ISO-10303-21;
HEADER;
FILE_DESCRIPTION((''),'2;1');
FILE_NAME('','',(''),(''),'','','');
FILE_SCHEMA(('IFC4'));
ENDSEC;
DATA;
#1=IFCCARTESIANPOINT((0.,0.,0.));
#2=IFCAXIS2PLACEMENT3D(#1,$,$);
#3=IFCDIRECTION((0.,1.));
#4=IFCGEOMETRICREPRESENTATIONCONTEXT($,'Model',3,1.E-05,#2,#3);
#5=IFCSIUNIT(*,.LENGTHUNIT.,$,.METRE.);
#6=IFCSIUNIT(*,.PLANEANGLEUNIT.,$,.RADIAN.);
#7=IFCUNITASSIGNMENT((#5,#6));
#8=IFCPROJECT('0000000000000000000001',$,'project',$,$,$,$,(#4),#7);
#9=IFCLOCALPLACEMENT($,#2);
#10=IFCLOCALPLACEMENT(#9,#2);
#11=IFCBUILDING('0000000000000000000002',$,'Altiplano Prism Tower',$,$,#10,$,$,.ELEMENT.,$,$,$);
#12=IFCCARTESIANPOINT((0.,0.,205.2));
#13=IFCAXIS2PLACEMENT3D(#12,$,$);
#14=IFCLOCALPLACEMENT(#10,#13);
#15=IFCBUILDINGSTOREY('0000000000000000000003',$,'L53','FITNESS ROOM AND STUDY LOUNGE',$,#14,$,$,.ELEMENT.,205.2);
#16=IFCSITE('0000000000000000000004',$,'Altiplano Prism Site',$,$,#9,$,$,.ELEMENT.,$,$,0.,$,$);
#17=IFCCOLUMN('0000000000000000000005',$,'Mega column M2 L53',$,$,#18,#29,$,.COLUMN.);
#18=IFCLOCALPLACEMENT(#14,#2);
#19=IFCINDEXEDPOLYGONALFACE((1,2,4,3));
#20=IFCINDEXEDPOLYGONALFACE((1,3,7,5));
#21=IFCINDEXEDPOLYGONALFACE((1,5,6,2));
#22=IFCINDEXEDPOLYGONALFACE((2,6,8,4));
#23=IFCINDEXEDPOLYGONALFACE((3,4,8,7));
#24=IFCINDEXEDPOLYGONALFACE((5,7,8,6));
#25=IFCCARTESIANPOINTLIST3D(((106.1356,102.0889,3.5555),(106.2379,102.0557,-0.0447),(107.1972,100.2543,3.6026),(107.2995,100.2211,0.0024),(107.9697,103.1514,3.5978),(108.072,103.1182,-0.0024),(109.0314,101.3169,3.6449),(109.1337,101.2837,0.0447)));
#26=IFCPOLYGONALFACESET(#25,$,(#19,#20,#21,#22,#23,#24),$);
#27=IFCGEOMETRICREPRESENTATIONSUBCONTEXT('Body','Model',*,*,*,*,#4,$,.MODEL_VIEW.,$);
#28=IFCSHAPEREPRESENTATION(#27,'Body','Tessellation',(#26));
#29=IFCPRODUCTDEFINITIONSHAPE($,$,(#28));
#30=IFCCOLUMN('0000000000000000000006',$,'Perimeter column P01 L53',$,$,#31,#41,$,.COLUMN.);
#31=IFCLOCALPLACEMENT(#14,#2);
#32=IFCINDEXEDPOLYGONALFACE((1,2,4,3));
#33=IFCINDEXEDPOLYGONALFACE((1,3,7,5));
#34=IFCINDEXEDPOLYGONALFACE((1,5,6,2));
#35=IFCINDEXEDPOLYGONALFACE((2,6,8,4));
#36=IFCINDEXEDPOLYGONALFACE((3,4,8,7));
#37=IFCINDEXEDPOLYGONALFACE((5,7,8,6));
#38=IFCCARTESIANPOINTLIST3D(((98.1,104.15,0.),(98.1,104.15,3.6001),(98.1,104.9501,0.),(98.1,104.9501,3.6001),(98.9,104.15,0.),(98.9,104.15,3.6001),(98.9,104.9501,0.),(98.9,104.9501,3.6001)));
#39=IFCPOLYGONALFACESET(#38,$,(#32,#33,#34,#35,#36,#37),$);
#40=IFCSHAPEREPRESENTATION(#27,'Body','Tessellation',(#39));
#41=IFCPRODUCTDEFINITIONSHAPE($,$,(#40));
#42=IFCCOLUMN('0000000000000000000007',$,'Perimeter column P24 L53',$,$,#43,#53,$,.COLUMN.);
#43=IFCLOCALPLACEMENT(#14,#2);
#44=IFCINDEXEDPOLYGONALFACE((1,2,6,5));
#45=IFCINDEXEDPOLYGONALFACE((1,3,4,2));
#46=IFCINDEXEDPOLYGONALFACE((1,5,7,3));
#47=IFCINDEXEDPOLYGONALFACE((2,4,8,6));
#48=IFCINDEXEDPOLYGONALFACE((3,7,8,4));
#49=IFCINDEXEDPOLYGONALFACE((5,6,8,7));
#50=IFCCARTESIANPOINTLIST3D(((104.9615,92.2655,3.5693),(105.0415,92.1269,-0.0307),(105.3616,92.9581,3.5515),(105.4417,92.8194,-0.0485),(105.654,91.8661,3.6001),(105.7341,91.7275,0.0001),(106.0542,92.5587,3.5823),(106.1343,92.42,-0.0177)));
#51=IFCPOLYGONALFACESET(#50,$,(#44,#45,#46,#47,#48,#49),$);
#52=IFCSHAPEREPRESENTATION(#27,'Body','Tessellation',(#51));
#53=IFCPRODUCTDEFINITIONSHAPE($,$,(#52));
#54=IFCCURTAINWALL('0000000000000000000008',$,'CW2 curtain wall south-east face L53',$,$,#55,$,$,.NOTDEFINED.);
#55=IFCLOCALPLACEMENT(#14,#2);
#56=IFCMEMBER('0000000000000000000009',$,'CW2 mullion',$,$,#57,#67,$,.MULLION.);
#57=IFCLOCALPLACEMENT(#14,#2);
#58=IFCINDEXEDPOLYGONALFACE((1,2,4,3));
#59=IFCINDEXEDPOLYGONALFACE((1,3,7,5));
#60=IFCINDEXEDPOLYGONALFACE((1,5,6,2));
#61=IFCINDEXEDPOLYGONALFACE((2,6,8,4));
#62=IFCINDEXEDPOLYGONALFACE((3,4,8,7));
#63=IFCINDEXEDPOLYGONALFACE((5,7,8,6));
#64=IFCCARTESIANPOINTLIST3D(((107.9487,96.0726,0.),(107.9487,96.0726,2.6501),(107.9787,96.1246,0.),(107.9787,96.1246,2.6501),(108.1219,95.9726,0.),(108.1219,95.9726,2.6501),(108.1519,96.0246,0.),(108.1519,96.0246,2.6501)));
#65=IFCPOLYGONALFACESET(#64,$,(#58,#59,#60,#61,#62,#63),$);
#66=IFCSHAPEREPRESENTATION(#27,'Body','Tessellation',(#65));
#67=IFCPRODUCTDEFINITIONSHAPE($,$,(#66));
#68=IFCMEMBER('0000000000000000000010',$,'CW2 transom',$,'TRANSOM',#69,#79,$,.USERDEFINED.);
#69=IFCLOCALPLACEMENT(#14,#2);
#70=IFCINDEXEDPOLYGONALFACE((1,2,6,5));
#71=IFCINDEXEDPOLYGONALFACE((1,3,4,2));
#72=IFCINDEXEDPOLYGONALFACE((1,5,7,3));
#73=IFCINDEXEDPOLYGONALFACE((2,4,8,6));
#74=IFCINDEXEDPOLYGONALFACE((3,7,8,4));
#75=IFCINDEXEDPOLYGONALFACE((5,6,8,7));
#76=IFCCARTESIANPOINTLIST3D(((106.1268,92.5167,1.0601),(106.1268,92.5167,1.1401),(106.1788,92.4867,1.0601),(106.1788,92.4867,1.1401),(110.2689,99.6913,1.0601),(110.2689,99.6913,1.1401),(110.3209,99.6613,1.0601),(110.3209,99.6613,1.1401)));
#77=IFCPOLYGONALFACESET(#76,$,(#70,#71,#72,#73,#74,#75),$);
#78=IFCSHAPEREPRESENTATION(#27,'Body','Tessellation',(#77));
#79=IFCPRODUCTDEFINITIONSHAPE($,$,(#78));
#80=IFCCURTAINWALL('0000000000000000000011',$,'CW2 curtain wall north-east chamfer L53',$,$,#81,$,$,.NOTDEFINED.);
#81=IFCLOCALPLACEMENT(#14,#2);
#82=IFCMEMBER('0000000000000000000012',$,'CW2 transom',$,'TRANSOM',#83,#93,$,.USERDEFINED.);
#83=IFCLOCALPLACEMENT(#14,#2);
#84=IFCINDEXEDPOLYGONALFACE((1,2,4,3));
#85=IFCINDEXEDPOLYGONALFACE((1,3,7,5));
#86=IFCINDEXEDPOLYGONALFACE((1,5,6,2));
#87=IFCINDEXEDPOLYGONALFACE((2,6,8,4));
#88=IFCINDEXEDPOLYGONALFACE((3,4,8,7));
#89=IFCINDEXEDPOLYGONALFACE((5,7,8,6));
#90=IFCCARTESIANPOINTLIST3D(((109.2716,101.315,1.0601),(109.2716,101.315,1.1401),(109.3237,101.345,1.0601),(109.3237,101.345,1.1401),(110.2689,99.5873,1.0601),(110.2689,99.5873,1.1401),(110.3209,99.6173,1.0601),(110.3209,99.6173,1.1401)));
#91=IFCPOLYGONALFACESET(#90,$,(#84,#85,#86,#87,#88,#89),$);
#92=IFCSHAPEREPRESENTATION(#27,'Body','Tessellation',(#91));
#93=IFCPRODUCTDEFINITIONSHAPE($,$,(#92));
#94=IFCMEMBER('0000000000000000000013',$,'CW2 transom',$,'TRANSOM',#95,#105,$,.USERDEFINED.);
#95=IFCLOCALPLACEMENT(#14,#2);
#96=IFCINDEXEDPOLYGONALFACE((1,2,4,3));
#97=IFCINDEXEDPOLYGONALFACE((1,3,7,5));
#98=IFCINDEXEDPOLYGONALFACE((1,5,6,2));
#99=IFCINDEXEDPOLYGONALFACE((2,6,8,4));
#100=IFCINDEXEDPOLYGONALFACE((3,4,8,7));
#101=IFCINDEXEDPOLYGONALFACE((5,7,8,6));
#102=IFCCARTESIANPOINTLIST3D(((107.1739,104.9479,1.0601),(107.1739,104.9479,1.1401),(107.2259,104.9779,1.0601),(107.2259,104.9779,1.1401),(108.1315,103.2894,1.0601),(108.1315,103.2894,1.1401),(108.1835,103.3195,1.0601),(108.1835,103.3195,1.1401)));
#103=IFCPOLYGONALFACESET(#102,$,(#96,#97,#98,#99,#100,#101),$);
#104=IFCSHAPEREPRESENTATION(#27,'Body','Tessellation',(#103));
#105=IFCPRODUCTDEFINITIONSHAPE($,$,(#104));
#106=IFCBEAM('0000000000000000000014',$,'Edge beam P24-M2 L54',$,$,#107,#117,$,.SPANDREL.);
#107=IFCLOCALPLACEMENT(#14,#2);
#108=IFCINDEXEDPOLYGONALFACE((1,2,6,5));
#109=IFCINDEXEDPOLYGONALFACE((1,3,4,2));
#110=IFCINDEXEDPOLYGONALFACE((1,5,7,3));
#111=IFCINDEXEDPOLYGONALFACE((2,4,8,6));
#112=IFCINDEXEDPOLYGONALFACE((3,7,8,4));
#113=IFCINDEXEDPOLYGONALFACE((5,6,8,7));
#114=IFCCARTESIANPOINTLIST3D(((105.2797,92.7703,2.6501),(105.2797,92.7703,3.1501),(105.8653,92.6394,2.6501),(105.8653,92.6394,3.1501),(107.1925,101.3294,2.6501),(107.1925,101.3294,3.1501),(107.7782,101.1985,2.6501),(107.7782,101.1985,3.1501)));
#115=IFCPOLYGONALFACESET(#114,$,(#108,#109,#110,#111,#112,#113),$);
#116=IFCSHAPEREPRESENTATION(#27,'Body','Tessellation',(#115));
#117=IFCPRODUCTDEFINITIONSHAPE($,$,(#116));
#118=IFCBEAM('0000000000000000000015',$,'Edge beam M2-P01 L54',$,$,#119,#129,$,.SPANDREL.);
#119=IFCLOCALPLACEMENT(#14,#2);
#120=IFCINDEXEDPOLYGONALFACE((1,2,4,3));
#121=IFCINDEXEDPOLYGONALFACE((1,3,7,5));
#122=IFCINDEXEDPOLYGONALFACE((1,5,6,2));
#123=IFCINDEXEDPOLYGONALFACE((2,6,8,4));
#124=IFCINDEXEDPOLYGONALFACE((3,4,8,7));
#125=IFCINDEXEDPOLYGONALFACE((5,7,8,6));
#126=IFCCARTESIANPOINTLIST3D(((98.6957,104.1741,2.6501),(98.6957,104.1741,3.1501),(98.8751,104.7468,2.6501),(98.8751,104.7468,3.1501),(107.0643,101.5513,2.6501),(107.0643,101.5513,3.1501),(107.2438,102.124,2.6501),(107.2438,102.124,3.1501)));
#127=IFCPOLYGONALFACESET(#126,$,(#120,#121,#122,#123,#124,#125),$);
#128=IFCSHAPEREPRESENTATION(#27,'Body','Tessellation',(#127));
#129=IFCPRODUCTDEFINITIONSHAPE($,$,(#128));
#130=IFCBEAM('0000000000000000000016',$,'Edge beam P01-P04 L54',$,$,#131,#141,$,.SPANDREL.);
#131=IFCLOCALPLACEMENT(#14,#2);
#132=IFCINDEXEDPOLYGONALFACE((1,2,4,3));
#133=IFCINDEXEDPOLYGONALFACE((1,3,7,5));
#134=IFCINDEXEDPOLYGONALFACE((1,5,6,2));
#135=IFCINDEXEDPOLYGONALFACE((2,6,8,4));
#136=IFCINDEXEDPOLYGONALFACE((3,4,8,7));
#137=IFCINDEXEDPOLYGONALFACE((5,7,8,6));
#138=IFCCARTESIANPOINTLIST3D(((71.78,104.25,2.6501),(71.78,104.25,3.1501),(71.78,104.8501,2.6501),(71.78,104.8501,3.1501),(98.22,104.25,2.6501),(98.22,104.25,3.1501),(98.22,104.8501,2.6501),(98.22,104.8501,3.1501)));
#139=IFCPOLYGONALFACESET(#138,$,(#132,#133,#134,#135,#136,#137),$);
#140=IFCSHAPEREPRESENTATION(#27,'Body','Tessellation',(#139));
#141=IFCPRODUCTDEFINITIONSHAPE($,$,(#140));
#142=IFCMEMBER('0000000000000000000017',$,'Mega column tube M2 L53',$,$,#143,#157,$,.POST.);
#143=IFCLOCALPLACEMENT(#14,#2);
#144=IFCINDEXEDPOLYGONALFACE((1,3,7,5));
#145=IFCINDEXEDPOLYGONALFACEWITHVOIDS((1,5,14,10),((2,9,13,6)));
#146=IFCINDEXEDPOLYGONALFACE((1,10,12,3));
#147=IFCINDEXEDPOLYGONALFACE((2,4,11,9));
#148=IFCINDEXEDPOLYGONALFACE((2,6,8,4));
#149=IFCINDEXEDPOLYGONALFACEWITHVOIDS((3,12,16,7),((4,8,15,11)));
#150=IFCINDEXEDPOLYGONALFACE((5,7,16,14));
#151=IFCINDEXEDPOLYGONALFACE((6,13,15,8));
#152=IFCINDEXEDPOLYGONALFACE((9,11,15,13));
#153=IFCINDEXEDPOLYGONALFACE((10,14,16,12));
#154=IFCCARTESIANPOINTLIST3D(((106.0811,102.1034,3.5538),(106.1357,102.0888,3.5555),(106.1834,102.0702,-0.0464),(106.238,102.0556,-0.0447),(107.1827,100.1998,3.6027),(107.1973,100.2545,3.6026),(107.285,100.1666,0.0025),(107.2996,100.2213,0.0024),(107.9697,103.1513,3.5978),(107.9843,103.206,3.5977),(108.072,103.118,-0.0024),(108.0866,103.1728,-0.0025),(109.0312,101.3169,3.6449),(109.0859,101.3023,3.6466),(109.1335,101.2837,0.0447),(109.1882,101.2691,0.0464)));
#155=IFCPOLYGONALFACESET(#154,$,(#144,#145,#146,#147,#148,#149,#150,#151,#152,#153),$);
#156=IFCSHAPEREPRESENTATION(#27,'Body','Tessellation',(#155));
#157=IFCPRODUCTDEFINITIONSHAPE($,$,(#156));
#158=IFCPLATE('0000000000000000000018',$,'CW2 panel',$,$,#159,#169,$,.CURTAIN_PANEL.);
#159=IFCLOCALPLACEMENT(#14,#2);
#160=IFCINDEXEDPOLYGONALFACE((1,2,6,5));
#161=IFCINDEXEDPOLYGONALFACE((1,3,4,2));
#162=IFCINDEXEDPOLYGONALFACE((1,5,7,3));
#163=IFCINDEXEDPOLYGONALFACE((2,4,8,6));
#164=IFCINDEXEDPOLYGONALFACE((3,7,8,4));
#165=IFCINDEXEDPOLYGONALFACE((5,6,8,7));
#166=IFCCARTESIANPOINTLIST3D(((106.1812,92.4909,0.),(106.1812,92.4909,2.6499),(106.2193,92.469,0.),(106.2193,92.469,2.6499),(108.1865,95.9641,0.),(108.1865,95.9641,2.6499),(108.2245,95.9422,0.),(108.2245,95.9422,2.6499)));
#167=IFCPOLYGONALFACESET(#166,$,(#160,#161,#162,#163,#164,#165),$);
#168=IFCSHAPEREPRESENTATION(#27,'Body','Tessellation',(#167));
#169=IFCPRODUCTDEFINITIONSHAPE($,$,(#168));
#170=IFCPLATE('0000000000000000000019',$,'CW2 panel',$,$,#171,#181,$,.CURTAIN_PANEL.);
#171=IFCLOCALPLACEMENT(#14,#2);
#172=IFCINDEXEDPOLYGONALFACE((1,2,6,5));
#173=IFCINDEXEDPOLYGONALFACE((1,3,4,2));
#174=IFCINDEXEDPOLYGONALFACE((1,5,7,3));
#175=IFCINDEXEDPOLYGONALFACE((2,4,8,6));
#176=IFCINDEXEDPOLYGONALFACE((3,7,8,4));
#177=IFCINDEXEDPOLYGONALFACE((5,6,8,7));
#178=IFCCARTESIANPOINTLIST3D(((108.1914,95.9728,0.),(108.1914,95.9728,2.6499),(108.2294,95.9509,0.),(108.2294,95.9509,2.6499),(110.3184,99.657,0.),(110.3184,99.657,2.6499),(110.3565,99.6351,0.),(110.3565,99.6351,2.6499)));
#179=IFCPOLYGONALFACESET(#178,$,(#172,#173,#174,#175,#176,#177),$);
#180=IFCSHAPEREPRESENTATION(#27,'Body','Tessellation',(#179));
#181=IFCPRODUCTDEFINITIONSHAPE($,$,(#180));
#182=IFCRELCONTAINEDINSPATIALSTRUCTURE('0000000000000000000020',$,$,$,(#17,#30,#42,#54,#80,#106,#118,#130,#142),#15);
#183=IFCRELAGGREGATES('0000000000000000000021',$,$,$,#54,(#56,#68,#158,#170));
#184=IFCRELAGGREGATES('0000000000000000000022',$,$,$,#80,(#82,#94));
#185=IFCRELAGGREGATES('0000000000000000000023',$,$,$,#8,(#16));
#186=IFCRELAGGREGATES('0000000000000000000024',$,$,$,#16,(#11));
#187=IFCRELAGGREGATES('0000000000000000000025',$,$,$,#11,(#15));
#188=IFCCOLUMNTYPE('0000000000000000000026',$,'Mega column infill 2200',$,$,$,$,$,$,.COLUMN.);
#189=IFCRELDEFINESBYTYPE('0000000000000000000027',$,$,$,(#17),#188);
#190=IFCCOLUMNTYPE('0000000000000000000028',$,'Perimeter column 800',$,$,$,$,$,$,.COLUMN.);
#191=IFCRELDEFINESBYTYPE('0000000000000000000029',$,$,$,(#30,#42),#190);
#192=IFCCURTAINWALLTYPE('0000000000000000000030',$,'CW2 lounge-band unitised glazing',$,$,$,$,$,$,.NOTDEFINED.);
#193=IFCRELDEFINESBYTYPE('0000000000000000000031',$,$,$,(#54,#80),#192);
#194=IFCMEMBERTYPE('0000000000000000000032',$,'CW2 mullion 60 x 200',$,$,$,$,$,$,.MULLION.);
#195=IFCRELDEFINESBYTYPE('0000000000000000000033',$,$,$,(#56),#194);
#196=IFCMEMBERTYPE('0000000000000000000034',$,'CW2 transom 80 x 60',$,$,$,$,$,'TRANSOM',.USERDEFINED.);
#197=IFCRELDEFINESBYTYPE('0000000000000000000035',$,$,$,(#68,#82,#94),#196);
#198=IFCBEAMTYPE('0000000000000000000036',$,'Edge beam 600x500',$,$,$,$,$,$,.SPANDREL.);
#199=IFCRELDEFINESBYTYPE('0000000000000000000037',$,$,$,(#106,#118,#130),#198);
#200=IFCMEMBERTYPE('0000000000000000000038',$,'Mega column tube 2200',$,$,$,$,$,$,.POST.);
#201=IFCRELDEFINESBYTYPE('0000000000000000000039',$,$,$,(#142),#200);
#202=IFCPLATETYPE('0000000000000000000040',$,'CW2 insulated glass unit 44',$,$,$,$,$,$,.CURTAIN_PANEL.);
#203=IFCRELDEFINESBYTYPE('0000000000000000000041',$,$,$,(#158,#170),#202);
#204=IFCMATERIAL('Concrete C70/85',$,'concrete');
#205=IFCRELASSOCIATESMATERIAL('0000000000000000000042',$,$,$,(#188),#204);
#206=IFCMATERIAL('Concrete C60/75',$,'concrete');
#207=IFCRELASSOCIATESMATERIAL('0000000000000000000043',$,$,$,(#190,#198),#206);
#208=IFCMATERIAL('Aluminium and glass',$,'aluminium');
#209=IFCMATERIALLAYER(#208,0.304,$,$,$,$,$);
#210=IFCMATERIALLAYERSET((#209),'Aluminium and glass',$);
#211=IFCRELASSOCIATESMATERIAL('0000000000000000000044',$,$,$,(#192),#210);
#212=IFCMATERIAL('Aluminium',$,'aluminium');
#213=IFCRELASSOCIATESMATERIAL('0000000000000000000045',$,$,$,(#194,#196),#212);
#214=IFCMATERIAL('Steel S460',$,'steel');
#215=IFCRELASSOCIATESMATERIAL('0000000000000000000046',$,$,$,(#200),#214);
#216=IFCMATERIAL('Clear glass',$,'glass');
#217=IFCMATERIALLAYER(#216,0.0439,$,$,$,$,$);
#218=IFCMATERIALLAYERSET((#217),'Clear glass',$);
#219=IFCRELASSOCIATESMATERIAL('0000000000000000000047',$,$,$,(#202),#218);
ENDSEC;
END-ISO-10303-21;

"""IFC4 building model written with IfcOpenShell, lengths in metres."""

from ifc_helpers import new_model, si_unit, direction, frame, origin, origin_2d, place, context, subcontext, project, spatial, rectangle, hollow_rectangle, extrude, material, layer, layer_set, material_profile, profile_set, type_object, element, aggregate, save


model = new_model("IFC4")

# Units and contexts
model_context = context("Model", 3, precision=1e-05, world=origin(), true_north=direction((0.0, 1.0)))
body_context = subcontext(model_context, "Body", "Model", "MODEL_VIEW")
ifc_project = project(units=[si_unit("LENGTHUNIT", "METRE"), si_unit("PLANEANGLEUNIT", "RADIAN")], contexts=[model_context])

# Site, building, storey
site_placement = place(None, origin())
site = spatial("IfcSite", under=ifc_project, at=site_placement, Name="Altiplano Prism Site", CompositionType="ELEMENT", RefElevation=0.0)
building_placement = place(site_placement, origin())
building = spatial("IfcBuilding", under=site, at=building_placement, Name="Altiplano Prism Tower", CompositionType="ELEMENT")
storey_placement = place(building_placement, frame((0.0, 0.0, 205.2)))
storey = spatial("IfcBuildingStorey", under=building, at=storey_placement, Name="L53", Description="FITNESS ROOM AND STUDY LOUNGE", CompositionType="ELEMENT", Elevation=205.2)

# Columns
ifc_material_1 = material(Name="Concrete C70/85", Category="concrete")
ifc_material_profile_1 = material_profile(ifc_material_1, rectangle(XDim=2.1201, YDim=2.1201, at=origin_2d()), Name="Mega column infill 2200")
ifc_profile_set_1 = profile_set([ifc_material_profile_1], Name="Concrete C70/85")
column_type_1 = type_object("IfcColumnType", Name="Mega column infill 2200", PredefinedType="COLUMN", material=ifc_profile_set_1)
column_1_placement = place(storey_placement, frame((107.6858, 101.6697, 0.0), z_axis=(-0.028402, 0.009219, 0.999554), x_axis=(0.500758, -0.865303, 0.022209)))
element("IfcColumn", 1, at=column_1_placement, inside=storey, type_object=column_type_1, Name="Mega column M2 L53", PredefinedType="COLUMN", context=body_context, shape_type="SweptSolid", body=[
    extrude(rectangle(XDim=2.1201, YDim=2.1201, at=origin_2d()), origin(), (0.0, 0.0, 1.0), 3.6018),
])
ifc_material_2 = material(Name="Concrete C60/75", Category="concrete")
ifc_material_profile_2 = material_profile(ifc_material_2, rectangle(XDim=0.8, YDim=0.8, at=origin_2d()), Name="Perimeter column 800")
ifc_profile_set_2 = profile_set([ifc_material_profile_2], Name="Concrete C60/75")
column_type_2 = type_object("IfcColumnType", Name="Perimeter column 800", PredefinedType="COLUMN", material=ifc_profile_set_2)
column_2_placement = place(storey_placement, frame((98.5, 104.55, 0.0), z_axis=(0.0, 0.0, 1.0), x_axis=(1.0, 0.0, 0.0)))
element("IfcColumn", 2, at=column_2_placement, inside=storey, type_object=column_type_2, Name="Perimeter column P01 L53", PredefinedType="COLUMN", context=body_context, shape_type="SweptSolid", body=[
    extrude(rectangle(XDim=0.8, YDim=0.8, at=origin_2d()), origin(), (0.0, 0.0, 1.0), 3.6001),
])
column_3_placement = place(storey_placement, frame((105.5879, 92.2734, -0.0242), z_axis=(-0.022223, 0.038483, 0.999012), x_axis=(-0.500179, -0.865637, 0.022219)))
element("IfcColumn", 3, at=column_3_placement, inside=storey, type_object=column_type_2, Name="Perimeter column P24 L53", PredefinedType="COLUMN", context=body_context, shape_type="SweptSolid", body=[
    extrude(rectangle(XDim=0.8, YDim=0.8, at=origin_2d()), origin(), (0.0, 0.0, 1.0), 3.6035),
])

# Curtain walls, members
ifc_material_3 = material(Name="Aluminium and glass", Category="aluminium")
ifc_layer_1 = layer(ifc_material_3, 0.304)
ifc_layer_set_1 = layer_set([ifc_layer_1], Name="Aluminium and glass")
curtain_wall_type = type_object("IfcCurtainWallType", Name="CW2 lounge-band unitised glazing", PredefinedType="NOTDEFINED", material=ifc_layer_set_1)
curtain_wall_1_placement = place(storey_placement, origin())
curtain_wall_1 = element("IfcCurtainWall", 4, at=curtain_wall_1_placement, inside=storey, type_object=curtain_wall_type, Name="CW2 curtain wall south-east face L53", PredefinedType="NOTDEFINED")
ifc_material_4 = material(Name="Aluminium", Category="aluminium")
ifc_material_profile_3 = material_profile(ifc_material_4, rectangle(XDim=0.2, YDim=0.0601, at=origin_2d()), Name="CW2 mullion 60 x 200")
ifc_profile_set_3 = profile_set([ifc_material_profile_3], Name="Aluminium")
member_type_1 = type_object("IfcMemberType", Name="CW2 mullion 60 x 200", PredefinedType="MULLION", material=ifc_profile_set_3)
member_1_placement = place(storey_placement, frame((108.0503, 96.0486, 0.0), z_axis=(0.0, 0.0, 1.0), x_axis=(-0.866025, 0.5, 0.0)))
member_1 = element("IfcMember", 5, at=member_1_placement, type_object=member_type_1, Name="CW2 mullion", PredefinedType="MULLION", context=body_context, shape_type="SweptSolid", body=[
    extrude(rectangle(XDim=0.2, YDim=0.0601, at=origin_2d()), origin(), (0.0, 0.0, 1.0), 2.6501),
])
ifc_material_profile_4 = material_profile(ifc_material_4, rectangle(XDim=0.0601, YDim=0.0801, at=origin_2d()), Name="CW2 transom 80 x 60")
ifc_profile_set_4 = profile_set([ifc_material_profile_4], Name="Aluminium")
member_type_2 = type_object("IfcMemberType", Name="CW2 transom 80 x 60", ElementType="TRANSOM", PredefinedType="USERDEFINED", material=ifc_profile_set_4)
member_2_placement = place(storey_placement, frame((106.1528, 92.5017, 1.1001), z_axis=(0.499987, 0.866033, 0.0), x_axis=(-0.866033, 0.499987, 0.0)))
member_2 = element("IfcMember", 6, at=member_2_placement, type_object=member_type_2, Name="CW2 transom", ObjectType="TRANSOM", PredefinedType="USERDEFINED", context=body_context, shape_type="SweptSolid", body=[
    extrude(rectangle(XDim=0.0601, YDim=0.0801, at=origin_2d()), origin(), (0.0, 0.0, 1.0), 8.2844),
])
curtain_wall_2_placement = place(storey_placement, origin())
curtain_wall_2 = element("IfcCurtainWall", 7, at=curtain_wall_2_placement, inside=storey, type_object=curtain_wall_type, Name="CW2 curtain wall north-east chamfer L53", PredefinedType="NOTDEFINED")
member_3_placement = place(storey_placement, frame((110.2949, 99.6023, 1.1001), z_axis=(-0.499917, 0.866074, 0.0), x_axis=(-0.866074, -0.499917, 0.0)))
member_3 = element("IfcMember", 8, at=member_3_placement, type_object=member_type_2, Name="CW2 transom", ObjectType="TRANSOM", PredefinedType="USERDEFINED", context=body_context, shape_type="SweptSolid", body=[
    extrude(rectangle(XDim=0.0601, YDim=0.0801, at=origin_2d()), origin(), (0.0, 0.0, 1.0), 1.9949),
])
member_4_placement = place(storey_placement, frame((108.1575, 103.3044, 1.1001), z_axis=(-0.500006, 0.866022, 0.0), x_axis=(-0.866022, -0.500006, 0.0)))
member_4 = element("IfcMember", 9, at=member_4_placement, type_object=member_type_2, Name="CW2 transom", ObjectType="TRANSOM", PredefinedType="USERDEFINED", context=body_context, shape_type="SweptSolid", body=[
    extrude(rectangle(XDim=0.0601, YDim=0.0801, at=origin_2d()), origin(), (0.0, 0.0, 1.0), 1.915),
])

# Beams
ifc_material_profile_5 = material_profile(ifc_material_2, rectangle(XDim=0.6001, YDim=0.5, at=origin_2d()), Name="Edge beam 600x500")
ifc_profile_set_5 = profile_set([ifc_material_profile_5], Name="Concrete C60/75")
beam_type = type_object("IfcBeamType", Name="Edge beam 600x500", PredefinedType="SPANDREL", material=ifc_profile_set_5)
beam_1_placement = place(storey_placement, frame((105.5725, 92.7048, 2.9001), z_axis=(0.218106, 0.975925, 0.0), x_axis=(-0.975925, 0.218106, 0.0)))
element("IfcBeam", 10, at=beam_1_placement, inside=storey, type_object=beam_type, Name="Edge beam P24-M2 L54", PredefinedType="SPANDREL", context=body_context, shape_type="SweptSolid", body=[
    extrude(rectangle(XDim=0.6001, YDim=0.5, at=origin_2d()), origin(), (0.0, 0.0, 1.0), 8.7703),
])
beam_2_placement = place(storey_placement, frame((107.1541, 101.8376, 2.9001), z_axis=(-0.954233, 0.299064, 0.0), x_axis=(-0.299064, -0.954233, 0.0)))
element("IfcBeam", 11, at=beam_2_placement, inside=storey, type_object=beam_type, Name="Edge beam M2-P01 L54", PredefinedType="SPANDREL", context=body_context, shape_type="SweptSolid", body=[
    extrude(rectangle(XDim=0.6001, YDim=0.5, at=origin_2d()), origin(), (0.0, 0.0, 1.0), 8.77),
])
beam_3_placement = place(storey_placement, frame((98.22, 104.55, 2.9001), z_axis=(-1.0, 0.0, 0.0), x_axis=(0.0, -1.0, 0.0)))
element("IfcBeam", 12, at=beam_3_placement, inside=storey, type_object=beam_type, Name="Edge beam P01-P04 L54", PredefinedType="SPANDREL", context=body_context, shape_type="SweptSolid", body=[
    extrude(rectangle(XDim=0.6001, YDim=0.5, at=origin_2d()), origin(), (0.0, 0.0, 1.0), 26.4399),
])

# Member
ifc_material_5 = material(Name="Steel S460", Category="steel")
ifc_material_profile_6 = material_profile(ifc_material_5, hollow_rectangle(XDim=2.2, YDim=2.2, WallThickness=0.04, at=origin_2d()), Name="Mega column tube 2200")
ifc_profile_set_6 = profile_set([ifc_material_profile_6], Name="Steel S460")
member_type_3 = type_object("IfcMemberType", Name="Mega column tube 2200", PredefinedType="POST", material=ifc_profile_set_6)
member_5_placement = place(storey_placement, frame((107.6858, 101.6697, 0.0), z_axis=(-0.028402, 0.009219, 0.999554), x_axis=(0.500758, -0.865303, 0.022209)))
element("IfcMember", 13, at=member_5_placement, inside=storey, type_object=member_type_3, Name="Mega column tube M2 L53", PredefinedType="POST", context=body_context, shape_type="SweptSolid", body=[
    extrude(hollow_rectangle(XDim=2.2, YDim=2.2, WallThickness=0.04, at=origin_2d()), origin(), (0.0, 0.0, 1.0), 3.6018),
])

# Plates
ifc_material_6 = material(Name="Clear glass", Category="glass")
ifc_layer_2 = layer(ifc_material_6, 0.0439)
ifc_layer_set_2 = layer_set([ifc_layer_2], Name="Clear glass")
plate_type = type_object("IfcPlateType", Name="CW2 insulated glass unit 44", PredefinedType="CURTAIN_PANEL", material=ifc_layer_set_2)
plate_1_placement = place(storey_placement, frame((107.2029, 94.2166, 0.0), z_axis=(0.0, 0.0, 1.0), x_axis=(0.5, 0.866025, 0.0)))
plate_1 = element("IfcPlate", 14, at=plate_1_placement, type_object=plate_type, Name="CW2 panel", PredefinedType="CURTAIN_PANEL", context=body_context, shape_type="SweptSolid", body=[
    extrude(rectangle(XDim=4.0105, YDim=0.0439, at=origin_2d()), origin(), (0.0, 0.0, 1.0), 2.6499),
])
plate_2_placement = place(storey_placement, frame((109.2739, 97.804, 0.0), z_axis=(0.0, 0.0, 1.0), x_axis=(0.5, 0.866025, 0.0)))
plate_2 = element("IfcPlate", 15, at=plate_2_placement, type_object=plate_type, Name="CW2 panel", PredefinedType="CURTAIN_PANEL", context=body_context, shape_type="SweptSolid", body=[
    extrude(rectangle(XDim=4.2542, YDim=0.0439, at=origin_2d()), origin(), (0.0, 0.0, 1.0), 2.6499),
])
aggregate(curtain_wall_1, [member_1, member_2, plate_1, plate_2])
aggregate(curtain_wall_2, [member_3, member_4])

save(model, "model.ifc")
